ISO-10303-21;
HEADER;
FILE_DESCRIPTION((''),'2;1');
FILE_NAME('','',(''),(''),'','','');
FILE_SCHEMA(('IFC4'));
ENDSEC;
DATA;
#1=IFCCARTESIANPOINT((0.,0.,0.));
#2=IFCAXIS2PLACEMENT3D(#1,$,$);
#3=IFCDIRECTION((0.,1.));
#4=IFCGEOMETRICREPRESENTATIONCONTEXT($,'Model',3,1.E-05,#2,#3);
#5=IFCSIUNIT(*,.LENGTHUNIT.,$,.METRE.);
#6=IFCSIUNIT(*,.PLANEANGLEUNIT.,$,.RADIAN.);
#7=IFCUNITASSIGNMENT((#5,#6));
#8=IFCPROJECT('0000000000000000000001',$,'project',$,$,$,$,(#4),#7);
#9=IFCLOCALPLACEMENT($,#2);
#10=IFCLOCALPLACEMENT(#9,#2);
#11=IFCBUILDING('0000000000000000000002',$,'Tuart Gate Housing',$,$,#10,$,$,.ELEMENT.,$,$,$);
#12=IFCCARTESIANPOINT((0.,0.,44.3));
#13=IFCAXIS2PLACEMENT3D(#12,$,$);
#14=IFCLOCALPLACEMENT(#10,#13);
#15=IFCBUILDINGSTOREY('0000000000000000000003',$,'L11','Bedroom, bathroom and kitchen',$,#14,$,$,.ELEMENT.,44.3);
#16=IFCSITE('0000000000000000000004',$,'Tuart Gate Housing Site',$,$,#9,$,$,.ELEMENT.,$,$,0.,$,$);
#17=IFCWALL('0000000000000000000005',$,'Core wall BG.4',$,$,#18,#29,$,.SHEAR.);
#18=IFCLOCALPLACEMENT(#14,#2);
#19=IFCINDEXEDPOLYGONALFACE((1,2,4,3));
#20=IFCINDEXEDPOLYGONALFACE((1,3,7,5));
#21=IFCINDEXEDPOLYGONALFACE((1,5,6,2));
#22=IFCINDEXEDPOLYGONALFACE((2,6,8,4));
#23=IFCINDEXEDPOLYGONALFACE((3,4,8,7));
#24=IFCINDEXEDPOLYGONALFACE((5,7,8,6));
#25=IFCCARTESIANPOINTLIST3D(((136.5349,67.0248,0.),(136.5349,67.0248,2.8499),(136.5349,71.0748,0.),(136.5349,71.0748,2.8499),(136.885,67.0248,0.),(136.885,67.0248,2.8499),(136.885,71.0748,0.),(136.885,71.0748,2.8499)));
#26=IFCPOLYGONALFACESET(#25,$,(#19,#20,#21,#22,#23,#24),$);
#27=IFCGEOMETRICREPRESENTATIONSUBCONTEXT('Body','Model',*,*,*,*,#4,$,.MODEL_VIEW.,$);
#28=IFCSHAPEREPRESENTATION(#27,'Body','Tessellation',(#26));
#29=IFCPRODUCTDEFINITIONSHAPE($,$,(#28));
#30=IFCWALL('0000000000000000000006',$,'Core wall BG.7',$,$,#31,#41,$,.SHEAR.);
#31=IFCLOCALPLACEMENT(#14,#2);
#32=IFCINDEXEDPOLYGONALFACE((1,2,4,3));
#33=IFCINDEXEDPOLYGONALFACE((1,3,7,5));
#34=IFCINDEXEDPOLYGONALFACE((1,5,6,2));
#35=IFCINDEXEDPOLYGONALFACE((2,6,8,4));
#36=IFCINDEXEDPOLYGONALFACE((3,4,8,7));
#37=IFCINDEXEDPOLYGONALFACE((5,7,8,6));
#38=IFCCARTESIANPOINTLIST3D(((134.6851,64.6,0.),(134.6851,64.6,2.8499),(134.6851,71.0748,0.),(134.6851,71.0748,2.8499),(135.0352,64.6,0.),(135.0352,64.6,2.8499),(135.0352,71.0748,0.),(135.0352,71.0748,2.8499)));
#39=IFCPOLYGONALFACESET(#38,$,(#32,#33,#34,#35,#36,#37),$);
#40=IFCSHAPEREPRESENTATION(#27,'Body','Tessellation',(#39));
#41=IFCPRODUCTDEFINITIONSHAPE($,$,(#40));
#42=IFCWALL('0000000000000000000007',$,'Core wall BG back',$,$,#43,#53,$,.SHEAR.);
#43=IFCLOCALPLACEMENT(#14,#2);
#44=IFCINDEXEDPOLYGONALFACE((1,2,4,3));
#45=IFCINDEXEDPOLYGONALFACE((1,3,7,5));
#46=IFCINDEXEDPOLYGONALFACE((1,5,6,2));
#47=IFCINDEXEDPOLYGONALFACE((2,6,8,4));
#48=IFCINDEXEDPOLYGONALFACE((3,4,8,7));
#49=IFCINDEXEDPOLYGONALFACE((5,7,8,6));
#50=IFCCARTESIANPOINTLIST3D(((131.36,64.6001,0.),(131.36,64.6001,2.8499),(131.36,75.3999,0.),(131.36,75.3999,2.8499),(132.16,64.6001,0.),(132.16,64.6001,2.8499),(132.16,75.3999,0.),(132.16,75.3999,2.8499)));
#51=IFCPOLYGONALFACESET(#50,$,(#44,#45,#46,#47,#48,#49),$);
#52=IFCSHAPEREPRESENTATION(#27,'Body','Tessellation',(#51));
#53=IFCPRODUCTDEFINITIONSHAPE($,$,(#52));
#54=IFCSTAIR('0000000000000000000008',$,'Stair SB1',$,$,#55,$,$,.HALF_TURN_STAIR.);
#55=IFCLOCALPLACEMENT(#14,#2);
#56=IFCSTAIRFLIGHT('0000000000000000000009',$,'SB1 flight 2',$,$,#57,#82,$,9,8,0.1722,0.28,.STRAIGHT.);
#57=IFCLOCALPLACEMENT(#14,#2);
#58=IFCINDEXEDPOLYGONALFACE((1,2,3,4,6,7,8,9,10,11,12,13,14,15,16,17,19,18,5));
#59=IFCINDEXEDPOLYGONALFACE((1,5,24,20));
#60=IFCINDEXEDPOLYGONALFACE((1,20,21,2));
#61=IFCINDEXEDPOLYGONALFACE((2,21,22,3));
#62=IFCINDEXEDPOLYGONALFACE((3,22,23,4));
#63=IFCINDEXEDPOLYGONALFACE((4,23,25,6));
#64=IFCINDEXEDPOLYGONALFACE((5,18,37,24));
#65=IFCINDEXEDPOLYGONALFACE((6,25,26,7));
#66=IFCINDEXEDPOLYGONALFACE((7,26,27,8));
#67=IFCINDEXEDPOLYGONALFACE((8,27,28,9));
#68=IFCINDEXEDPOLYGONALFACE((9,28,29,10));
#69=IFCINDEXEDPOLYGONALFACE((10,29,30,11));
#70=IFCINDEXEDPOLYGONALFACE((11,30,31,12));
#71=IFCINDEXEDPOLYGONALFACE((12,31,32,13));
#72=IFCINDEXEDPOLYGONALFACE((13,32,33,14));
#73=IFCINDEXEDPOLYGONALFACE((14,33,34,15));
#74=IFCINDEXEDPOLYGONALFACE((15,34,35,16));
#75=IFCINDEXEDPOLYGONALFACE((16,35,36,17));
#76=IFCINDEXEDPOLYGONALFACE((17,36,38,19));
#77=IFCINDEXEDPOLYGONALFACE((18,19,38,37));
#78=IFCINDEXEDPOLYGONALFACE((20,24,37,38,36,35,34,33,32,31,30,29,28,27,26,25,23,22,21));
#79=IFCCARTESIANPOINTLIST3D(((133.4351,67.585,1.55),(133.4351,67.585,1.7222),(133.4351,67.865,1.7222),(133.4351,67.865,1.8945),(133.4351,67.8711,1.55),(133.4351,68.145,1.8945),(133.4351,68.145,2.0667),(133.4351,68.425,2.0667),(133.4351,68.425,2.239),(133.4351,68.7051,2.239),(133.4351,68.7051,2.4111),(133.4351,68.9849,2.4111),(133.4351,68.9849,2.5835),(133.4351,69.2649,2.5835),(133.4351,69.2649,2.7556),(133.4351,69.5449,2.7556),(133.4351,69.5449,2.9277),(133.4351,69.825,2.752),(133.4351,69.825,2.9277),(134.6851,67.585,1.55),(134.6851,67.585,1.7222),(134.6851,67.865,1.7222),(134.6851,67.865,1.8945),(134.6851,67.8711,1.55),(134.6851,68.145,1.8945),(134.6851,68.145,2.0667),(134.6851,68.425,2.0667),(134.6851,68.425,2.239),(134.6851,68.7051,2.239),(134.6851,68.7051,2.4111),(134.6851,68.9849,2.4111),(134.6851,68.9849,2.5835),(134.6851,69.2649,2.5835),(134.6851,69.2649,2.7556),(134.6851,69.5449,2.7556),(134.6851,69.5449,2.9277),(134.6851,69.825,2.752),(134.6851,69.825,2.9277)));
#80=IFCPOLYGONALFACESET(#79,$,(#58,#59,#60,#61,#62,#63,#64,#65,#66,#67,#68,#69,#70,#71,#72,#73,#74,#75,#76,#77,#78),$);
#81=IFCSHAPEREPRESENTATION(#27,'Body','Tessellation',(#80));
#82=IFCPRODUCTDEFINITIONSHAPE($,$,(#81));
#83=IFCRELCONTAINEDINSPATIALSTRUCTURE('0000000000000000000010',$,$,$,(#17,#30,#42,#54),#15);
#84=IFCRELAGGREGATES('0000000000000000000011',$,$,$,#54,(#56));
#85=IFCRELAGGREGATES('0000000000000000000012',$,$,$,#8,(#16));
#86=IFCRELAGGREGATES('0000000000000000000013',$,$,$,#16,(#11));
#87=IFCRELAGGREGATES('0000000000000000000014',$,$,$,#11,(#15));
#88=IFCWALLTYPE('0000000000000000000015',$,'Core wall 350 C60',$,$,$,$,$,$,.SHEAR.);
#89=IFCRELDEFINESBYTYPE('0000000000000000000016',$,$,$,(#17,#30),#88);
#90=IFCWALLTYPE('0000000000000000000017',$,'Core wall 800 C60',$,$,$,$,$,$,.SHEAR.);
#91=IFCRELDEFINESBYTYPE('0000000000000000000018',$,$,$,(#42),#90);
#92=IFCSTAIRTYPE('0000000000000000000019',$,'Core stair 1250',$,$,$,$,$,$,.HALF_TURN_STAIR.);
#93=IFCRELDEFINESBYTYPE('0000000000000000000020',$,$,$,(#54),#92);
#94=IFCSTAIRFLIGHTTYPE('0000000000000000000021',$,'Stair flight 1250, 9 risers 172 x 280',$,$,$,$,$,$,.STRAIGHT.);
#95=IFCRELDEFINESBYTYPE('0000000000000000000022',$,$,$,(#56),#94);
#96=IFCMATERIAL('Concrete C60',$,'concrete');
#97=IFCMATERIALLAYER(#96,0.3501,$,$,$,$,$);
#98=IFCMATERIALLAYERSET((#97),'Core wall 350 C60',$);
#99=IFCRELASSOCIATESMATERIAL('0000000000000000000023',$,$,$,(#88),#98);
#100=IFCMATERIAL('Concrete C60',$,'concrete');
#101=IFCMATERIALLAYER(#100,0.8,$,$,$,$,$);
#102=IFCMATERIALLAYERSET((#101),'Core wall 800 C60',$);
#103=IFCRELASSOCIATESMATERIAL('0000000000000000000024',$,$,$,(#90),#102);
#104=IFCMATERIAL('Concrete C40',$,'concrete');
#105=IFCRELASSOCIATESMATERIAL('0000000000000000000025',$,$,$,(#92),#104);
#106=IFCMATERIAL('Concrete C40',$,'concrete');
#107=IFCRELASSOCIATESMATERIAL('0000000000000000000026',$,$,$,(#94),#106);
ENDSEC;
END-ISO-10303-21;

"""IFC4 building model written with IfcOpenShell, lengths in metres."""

from ifc_helpers import new_model, si_unit, direction, frame, frame_2d, origin, place, context, subcontext, project, spatial, polyline, rectangle, outline, extrude, material, layer, layer_set, type_object, element, aggregate, save


model = new_model("IFC4")

# Units and contexts
model_context = context("Model", 3, precision=1e-05, world=origin(), true_north=direction((0.0, 1.0)))
body_context = subcontext(model_context, "Body", "Model", "MODEL_VIEW")
ifc_project = project(units=[si_unit("LENGTHUNIT", "METRE"), si_unit("PLANEANGLEUNIT", "RADIAN")], contexts=[model_context])

# Site, building, storey
site_placement = place(None, origin())
site = spatial("IfcSite", under=ifc_project, at=site_placement, Name="Tuart Gate Housing Site", CompositionType="ELEMENT", RefElevation=0.0)
building_placement = place(site_placement, origin())
building = spatial("IfcBuilding", under=site, at=building_placement, Name="Tuart Gate Housing", CompositionType="ELEMENT")
storey_placement = place(building_placement, frame((0.0, 0.0, 44.3)))
storey = spatial("IfcBuildingStorey", under=building, at=storey_placement, Name="L11", Description="Bedroom, bathroom and kitchen", CompositionType="ELEMENT", Elevation=44.3)

# Walls
ifc_material_1 = material(Name="Concrete C60", Category="concrete")
ifc_layer_1 = layer(ifc_material_1, 0.3501)
ifc_layer_set_1 = layer_set([ifc_layer_1], Name="Core wall 350 C60")
wall_type_1 = type_object("IfcWallType", Name="Core wall 350 C60", PredefinedType="SHEAR", material=ifc_layer_set_1)
wall_1_placement = place(storey_placement, frame((136.71, 67.0249, 0.0), z_axis=(0.0, 0.0, 1.0), x_axis=(0.0, 1.0, 0.0)))
element("IfcWall", 1, at=wall_1_placement, inside=storey, type_object=wall_type_1, Name="Core wall BG.4", PredefinedType="SHEAR", context=body_context, shape_type="SweptSolid", body=[
    extrude(rectangle(XDim=4.05, YDim=0.3501, at=frame_2d((2.0249, 0.0))), origin(), (0.0, 0.0, 1.0), 2.8499),
])
wall_2_placement = place(storey_placement, frame((134.8601, 64.6001, 0.0), z_axis=(0.0, 0.0, 1.0), x_axis=(0.0, 1.0, 0.0)))
element("IfcWall", 2, at=wall_2_placement, inside=storey, type_object=wall_type_1, Name="Core wall BG.7", PredefinedType="SHEAR", context=body_context, shape_type="SweptSolid", body=[
    extrude(rectangle(XDim=6.4749, YDim=0.3501, at=frame_2d((3.2373, 0.0))), origin(), (0.0, 0.0, 1.0), 2.8499),
])
ifc_material_2 = material(Name="Concrete C60", Category="concrete")
ifc_layer_2 = layer(ifc_material_2, 0.8)
ifc_layer_set_2 = layer_set([ifc_layer_2], Name="Core wall 800 C60")
wall_type_2 = type_object("IfcWallType", Name="Core wall 800 C60", PredefinedType="SHEAR", material=ifc_layer_set_2)
wall_3_placement = place(storey_placement, frame((131.76, 64.6001, 0.0), z_axis=(0.0, 0.0, 1.0), x_axis=(0.0, 1.0, 0.0)))
element("IfcWall", 3, at=wall_3_placement, inside=storey, type_object=wall_type_2, Name="Core wall BG back", PredefinedType="SHEAR", context=body_context, shape_type="SweptSolid", body=[
    extrude(rectangle(XDim=10.7998, YDim=0.8, at=frame_2d((5.3999, 0.0))), origin(), (0.0, 0.0, 1.0), 2.8499),
])

# Stair, stair flight
ifc_material_3 = material(Name="Concrete C40", Category="concrete")
stair_type = type_object("IfcStairType", Name="Core stair 1250", PredefinedType="HALF_TURN_STAIR", material=ifc_material_3)
stair_placement = place(storey_placement, origin())
stair = element("IfcStair", 4, at=stair_placement, inside=storey, type_object=stair_type, Name="Stair SB1", PredefinedType="HALF_TURN_STAIR")
ifc_material_4 = material(Name="Concrete C40", Category="concrete")
stair_flight_type = type_object("IfcStairFlightType", Name="Stair flight 1250, 9 risers 172 x 280", PredefinedType="STRAIGHT", material=ifc_material_4)
stair_flight_placement = place(storey_placement, frame((134.0601, 67.585, 1.55), z_axis=(0.0, 0.0, 1.0), x_axis=(0.0, 1.0, 0.0)))
stair_flight = element("IfcStairFlight", 5, at=stair_flight_placement, type_object=stair_flight_type, Name="SB1 flight 2", NumberOfRisers=9, NumberOfTreads=8, PredefinedType="STRAIGHT", RiserHeight=0.1722, TreadLength=0.28, context=body_context, shape_type="SweptSolid", body=[
    extrude(outline(polyline([(0.0, 0.0), (0.0, 0.1721), (0.28, 0.1721), (0.28, 0.3445), (0.5601, 0.3445), (0.5601, 0.5166), (0.8401, 0.5166), (0.8401, 0.689), (1.1201, 0.689), (1.1201, 0.8611), (1.3999, 0.8611), (1.3999, 1.0334), (1.6799, 1.0334), (1.6799, 1.2056), (1.96, 1.2056), (1.96, 1.3777), (2.24, 1.3777), (2.24, 1.55), (2.24, 1.2019), (0.2861, 0.0), (0.0, 0.0)])), frame((0.0, 0.625, 0.0), z_axis=(0.0, -1.0, 0.0), x_axis=(1.0, 0.0, 0.0)), (0.0, 0.0, 1.0), 1.25),
])
aggregate(stair, [stair_flight])

save(model, "model.ifc")
